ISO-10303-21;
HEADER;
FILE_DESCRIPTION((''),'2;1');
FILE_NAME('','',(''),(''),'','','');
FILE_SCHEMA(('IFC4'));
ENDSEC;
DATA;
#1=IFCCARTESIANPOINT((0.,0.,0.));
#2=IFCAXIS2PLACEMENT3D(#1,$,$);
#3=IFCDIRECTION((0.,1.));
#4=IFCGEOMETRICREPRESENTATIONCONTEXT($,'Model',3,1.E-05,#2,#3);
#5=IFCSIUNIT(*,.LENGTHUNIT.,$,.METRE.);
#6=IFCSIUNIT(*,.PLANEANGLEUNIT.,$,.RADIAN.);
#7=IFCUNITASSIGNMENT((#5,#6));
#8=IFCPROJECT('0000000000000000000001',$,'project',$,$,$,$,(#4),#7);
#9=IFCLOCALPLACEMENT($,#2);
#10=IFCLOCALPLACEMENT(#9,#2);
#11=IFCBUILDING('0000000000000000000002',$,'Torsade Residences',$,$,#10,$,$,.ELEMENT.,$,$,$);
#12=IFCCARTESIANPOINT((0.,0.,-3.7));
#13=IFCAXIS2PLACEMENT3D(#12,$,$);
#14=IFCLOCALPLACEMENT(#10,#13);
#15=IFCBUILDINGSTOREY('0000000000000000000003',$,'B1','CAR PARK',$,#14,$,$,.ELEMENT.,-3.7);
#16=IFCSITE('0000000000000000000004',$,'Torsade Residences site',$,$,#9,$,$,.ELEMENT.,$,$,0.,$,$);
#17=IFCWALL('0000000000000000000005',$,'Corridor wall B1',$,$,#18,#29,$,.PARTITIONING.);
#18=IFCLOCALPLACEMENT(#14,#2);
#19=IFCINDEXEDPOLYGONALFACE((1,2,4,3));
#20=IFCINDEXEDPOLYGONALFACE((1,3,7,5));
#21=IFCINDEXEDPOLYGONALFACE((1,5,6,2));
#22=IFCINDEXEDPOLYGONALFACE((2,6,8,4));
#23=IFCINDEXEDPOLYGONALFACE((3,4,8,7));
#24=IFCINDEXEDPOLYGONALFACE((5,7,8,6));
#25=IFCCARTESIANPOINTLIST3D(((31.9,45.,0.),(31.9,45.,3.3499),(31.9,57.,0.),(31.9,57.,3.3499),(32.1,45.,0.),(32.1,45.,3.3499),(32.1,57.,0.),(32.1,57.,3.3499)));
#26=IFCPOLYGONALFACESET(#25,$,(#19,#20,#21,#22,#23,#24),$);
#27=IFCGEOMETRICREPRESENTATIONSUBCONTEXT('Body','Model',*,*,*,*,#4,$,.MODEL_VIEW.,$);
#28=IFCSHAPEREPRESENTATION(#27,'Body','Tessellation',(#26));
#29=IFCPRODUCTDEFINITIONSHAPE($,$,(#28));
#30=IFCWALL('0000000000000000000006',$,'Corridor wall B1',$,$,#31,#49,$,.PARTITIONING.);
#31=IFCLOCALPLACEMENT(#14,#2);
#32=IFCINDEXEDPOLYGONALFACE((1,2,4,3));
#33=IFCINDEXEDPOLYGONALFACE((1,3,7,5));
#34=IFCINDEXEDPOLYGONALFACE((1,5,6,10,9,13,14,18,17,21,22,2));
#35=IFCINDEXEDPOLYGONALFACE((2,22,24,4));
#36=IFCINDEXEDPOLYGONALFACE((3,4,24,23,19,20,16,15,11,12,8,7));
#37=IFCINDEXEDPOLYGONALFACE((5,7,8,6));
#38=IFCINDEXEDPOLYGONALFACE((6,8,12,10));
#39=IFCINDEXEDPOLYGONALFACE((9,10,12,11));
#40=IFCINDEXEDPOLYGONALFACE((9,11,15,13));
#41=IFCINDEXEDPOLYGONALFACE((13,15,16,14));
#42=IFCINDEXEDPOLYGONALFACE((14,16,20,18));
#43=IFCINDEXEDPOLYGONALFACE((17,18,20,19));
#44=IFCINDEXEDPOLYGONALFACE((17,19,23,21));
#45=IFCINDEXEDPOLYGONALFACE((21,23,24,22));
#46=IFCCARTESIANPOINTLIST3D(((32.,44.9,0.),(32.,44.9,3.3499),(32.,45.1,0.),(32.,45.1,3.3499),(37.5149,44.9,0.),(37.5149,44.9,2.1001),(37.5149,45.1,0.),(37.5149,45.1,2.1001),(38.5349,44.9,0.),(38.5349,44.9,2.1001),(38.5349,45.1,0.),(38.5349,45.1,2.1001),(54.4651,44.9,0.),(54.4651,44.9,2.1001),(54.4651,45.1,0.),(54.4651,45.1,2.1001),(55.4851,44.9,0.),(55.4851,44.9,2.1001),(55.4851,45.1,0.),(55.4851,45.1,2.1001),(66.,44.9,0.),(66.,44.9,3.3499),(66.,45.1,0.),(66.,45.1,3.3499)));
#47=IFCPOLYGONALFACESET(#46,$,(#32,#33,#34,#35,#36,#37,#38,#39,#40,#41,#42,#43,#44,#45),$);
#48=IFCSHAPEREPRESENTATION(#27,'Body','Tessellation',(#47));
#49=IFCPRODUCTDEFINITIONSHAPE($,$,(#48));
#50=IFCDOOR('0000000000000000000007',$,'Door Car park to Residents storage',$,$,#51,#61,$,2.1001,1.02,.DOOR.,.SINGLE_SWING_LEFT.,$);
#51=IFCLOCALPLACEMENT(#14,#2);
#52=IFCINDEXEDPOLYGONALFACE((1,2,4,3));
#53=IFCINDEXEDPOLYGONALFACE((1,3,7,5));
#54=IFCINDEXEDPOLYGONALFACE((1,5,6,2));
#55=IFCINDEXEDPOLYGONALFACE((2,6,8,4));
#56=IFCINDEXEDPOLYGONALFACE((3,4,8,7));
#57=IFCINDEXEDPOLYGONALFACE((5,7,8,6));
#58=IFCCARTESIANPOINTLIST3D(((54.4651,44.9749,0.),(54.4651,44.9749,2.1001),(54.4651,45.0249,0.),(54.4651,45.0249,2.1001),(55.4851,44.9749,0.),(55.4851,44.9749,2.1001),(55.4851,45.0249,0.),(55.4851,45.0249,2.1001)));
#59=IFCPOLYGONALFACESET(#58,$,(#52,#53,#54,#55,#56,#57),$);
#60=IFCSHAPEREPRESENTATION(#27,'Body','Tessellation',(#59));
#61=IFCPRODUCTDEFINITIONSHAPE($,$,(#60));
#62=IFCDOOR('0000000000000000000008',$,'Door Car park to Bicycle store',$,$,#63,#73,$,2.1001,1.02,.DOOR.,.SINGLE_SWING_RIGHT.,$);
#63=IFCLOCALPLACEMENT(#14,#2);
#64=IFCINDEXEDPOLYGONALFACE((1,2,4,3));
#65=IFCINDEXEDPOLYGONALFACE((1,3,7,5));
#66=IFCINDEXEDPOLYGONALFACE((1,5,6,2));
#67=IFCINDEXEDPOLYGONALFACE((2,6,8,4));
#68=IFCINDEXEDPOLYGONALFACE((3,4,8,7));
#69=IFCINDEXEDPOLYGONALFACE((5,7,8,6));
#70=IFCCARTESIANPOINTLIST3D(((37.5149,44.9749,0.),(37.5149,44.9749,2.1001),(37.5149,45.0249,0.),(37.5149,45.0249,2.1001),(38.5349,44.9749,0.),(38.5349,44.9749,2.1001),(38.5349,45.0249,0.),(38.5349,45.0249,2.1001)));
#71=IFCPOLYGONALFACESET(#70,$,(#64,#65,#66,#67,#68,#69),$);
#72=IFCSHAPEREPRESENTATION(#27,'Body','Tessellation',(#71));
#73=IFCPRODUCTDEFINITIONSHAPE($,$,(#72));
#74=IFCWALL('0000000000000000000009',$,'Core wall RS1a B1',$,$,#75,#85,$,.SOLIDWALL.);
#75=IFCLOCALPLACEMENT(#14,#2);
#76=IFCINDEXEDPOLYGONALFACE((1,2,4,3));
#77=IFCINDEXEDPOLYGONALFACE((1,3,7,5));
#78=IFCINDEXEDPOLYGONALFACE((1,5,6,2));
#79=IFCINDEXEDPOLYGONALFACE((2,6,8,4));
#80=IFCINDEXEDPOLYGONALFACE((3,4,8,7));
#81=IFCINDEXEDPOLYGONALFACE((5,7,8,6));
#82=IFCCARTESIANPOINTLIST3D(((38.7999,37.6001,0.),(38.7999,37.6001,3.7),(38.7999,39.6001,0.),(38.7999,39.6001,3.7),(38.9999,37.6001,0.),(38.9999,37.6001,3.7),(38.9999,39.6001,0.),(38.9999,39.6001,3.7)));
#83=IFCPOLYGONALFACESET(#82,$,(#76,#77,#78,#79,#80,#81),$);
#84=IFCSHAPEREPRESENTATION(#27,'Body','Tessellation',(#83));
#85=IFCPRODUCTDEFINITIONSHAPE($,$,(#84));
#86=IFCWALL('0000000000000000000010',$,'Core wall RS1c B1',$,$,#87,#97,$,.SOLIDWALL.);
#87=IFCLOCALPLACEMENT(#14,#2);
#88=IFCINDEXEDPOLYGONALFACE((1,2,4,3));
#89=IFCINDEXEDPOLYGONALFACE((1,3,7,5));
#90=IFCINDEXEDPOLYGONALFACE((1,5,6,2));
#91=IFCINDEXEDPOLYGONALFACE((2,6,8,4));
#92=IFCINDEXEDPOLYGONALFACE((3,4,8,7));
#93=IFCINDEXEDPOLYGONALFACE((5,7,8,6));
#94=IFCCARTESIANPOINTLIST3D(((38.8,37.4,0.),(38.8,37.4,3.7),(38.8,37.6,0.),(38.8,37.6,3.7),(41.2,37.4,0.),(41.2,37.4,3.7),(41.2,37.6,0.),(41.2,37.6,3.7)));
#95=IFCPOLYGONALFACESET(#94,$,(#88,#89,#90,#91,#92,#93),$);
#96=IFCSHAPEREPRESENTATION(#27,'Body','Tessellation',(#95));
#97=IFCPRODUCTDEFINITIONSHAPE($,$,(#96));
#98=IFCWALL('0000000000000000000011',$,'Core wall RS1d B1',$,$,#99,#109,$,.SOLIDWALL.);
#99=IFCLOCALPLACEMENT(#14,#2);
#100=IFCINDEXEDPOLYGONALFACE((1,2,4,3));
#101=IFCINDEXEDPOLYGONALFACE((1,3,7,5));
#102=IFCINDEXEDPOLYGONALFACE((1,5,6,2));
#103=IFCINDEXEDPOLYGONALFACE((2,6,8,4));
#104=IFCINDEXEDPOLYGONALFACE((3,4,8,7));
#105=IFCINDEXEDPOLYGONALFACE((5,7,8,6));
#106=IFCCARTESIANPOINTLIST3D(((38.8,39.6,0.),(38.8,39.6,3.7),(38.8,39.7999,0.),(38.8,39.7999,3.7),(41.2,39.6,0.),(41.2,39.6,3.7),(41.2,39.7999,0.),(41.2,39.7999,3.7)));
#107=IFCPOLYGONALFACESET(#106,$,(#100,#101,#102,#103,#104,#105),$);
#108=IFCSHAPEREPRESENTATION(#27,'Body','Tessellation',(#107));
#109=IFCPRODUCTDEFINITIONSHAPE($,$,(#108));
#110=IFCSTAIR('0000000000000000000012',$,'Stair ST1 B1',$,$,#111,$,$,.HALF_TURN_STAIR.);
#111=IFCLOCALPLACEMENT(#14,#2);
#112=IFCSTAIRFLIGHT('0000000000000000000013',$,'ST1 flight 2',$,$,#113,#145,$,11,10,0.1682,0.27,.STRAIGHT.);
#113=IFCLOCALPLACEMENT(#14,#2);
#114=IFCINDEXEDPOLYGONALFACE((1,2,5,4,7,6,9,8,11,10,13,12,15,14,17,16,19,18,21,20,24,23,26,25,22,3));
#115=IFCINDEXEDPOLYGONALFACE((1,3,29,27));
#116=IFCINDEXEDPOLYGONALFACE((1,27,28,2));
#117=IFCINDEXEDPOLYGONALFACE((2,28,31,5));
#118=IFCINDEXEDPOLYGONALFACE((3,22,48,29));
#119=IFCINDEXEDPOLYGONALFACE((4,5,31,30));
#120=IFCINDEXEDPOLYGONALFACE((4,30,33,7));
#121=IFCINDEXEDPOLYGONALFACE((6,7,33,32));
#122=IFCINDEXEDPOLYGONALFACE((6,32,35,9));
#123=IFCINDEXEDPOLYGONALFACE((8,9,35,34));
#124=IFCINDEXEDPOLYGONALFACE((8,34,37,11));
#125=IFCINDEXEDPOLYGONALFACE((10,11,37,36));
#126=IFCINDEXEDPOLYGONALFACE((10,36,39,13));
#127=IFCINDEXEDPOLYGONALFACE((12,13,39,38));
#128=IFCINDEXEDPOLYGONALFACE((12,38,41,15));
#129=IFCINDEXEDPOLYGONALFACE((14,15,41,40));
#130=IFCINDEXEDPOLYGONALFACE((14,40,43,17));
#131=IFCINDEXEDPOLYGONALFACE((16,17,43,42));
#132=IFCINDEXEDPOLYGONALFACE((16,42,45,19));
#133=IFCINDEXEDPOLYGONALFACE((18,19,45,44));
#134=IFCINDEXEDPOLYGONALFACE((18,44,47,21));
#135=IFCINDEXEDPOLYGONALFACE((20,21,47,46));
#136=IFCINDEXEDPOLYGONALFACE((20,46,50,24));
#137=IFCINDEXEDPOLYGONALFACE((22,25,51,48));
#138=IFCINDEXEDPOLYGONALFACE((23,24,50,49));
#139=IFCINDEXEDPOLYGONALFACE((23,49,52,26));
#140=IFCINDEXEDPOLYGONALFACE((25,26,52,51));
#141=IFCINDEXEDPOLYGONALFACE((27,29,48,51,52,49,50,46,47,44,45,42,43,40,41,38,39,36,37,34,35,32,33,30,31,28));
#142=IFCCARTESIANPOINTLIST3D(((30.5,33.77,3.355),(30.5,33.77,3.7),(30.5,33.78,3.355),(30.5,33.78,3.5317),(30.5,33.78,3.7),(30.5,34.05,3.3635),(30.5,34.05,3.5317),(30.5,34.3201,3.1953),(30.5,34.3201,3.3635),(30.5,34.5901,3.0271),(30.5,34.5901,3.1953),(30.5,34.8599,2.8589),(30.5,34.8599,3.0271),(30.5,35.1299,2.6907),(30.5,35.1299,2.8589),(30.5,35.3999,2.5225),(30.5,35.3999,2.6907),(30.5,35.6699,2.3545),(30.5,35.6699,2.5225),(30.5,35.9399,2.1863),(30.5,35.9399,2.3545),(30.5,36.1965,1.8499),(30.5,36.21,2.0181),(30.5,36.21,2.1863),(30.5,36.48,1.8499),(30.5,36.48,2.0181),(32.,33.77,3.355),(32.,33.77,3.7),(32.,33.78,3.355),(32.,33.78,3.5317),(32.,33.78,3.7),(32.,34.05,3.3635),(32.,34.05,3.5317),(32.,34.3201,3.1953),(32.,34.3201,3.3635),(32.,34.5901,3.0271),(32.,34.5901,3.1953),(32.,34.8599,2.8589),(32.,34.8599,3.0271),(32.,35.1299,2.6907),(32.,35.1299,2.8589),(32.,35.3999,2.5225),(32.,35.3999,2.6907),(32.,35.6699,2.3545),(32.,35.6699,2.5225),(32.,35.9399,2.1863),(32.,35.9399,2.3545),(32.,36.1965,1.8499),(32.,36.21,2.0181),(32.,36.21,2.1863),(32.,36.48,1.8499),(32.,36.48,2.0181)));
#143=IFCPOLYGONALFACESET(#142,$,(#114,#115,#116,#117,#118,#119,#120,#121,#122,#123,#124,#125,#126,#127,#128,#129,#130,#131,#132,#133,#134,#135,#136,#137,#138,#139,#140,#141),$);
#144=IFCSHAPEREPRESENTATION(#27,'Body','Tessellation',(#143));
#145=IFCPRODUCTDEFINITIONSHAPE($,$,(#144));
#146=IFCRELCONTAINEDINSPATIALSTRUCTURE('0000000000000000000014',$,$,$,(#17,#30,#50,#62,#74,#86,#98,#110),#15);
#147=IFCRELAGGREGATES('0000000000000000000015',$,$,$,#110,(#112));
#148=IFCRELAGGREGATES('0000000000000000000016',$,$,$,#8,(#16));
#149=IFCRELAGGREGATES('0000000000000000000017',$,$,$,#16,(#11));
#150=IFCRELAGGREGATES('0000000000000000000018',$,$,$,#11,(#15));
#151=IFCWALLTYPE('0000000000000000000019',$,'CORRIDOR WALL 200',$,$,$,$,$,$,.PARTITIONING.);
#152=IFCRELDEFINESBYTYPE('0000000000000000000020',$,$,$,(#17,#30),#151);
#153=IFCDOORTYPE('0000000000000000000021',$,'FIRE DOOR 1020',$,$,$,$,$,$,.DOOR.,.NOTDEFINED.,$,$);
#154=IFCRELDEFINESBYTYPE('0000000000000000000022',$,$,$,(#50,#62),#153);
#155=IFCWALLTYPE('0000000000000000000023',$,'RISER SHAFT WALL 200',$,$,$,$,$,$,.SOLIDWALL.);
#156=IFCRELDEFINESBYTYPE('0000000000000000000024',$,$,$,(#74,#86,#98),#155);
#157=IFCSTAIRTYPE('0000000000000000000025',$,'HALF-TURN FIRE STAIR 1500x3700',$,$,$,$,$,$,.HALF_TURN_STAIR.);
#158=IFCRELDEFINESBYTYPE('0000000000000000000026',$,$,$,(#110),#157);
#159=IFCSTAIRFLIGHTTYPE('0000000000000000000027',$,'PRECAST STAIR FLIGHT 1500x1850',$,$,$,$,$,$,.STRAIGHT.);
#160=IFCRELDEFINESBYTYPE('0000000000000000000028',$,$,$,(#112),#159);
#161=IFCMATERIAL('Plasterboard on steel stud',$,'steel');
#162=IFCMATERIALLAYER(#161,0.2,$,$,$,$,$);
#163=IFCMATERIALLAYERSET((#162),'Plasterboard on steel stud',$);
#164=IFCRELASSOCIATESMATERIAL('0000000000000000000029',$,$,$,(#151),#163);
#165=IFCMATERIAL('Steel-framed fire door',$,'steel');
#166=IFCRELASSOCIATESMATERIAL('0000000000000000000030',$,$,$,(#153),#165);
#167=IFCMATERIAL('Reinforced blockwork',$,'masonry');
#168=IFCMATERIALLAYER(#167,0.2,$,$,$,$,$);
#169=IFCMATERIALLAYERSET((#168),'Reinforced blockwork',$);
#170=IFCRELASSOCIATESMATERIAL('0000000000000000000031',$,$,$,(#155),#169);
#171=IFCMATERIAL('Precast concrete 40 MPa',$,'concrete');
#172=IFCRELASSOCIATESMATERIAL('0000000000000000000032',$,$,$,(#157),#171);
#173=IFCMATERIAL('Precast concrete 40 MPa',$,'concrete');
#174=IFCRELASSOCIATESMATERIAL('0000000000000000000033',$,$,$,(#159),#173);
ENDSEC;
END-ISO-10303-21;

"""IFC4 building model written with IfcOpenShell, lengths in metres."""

from ifc_helpers import new_model, si_unit, direction, frame, frame_2d, origin, place, context, subcontext, project, spatial, polyline, rectangle, outline, extrude, material, layer, layer_set, type_object, element, fill, aggregate, save


model = new_model("IFC4")

# Units and contexts
model_context = context("Model", 3, precision=1e-05, world=origin(), true_north=direction((0.0, 1.0)))
body_context = subcontext(model_context, "Body", "Model", "MODEL_VIEW")
ifc_project = project(units=[si_unit("LENGTHUNIT", "METRE"), si_unit("PLANEANGLEUNIT", "RADIAN")], contexts=[model_context])

# Site, building, storey
site_placement = place(None, origin())
site = spatial("IfcSite", under=ifc_project, at=site_placement, Name="Torsade Residences site", CompositionType="ELEMENT", RefElevation=0.0)
building_placement = place(site_placement, origin())
building = spatial("IfcBuilding", under=site, at=building_placement, Name="Torsade Residences", CompositionType="ELEMENT")
storey_placement = place(building_placement, frame((0.0, 0.0, -3.7)))
storey = spatial("IfcBuildingStorey", under=building, at=storey_placement, Name="B1", Description="CAR PARK", CompositionType="ELEMENT", Elevation=-3.7)

# Wall
ifc_material_1 = material(Name="Plasterboard on steel stud", Category="steel")
ifc_layer_1 = layer(ifc_material_1, 0.2)
ifc_layer_set_1 = layer_set([ifc_layer_1], Name="Plasterboard on steel stud")
wall_type_1 = type_object("IfcWallType", Name="CORRIDOR WALL 200", PredefinedType="PARTITIONING", material=ifc_layer_set_1)
wall_1_placement = place(storey_placement, frame((32.0, 57.0, 0.0), z_axis=(0.0, 0.0, 1.0), x_axis=(0.0, -1.0, 0.0)))
element("IfcWall", 1, at=wall_1_placement, inside=storey, type_object=wall_type_1, Name="Corridor wall B1", PredefinedType="PARTITIONING", context=body_context, shape_type="SweptSolid", body=[
    extrude(rectangle(XDim=12.0, YDim=0.2, at=frame_2d((6.0, 0.0))), origin(), (0.0, 0.0, 1.0), 3.3499),
])

# Wall, openings, doors
wall_2_placement = place(storey_placement, frame((32.0, 45.0, 0.0), z_axis=(0.0, 0.0, 1.0), x_axis=(1.0, 0.0, 0.0)))
wall_2 = element("IfcWall", 2, at=wall_2_placement, inside=storey, type_object=wall_type_1, Name="Corridor wall B1", PredefinedType="PARTITIONING", context=body_context, shape_type="SweptSolid", body=[
    extrude(rectangle(XDim=34.0, YDim=0.2, at=frame_2d((17.0, 0.0))), origin(), (0.0, 0.0, 1.0), 3.3499),
])
opening_1_placement = place(wall_2_placement, frame((22.4651, 0.0, 0.0)))
opening_1 = element("IfcOpeningElement", 3, at=opening_1_placement, cuts=wall_2, PredefinedType="OPENING", context=body_context, shape_type="SweptSolid", body=[
    extrude(rectangle(XDim=1.02, YDim=2.1001, at=frame_2d((0.51, 1.05))), frame((0.0, 0.1099, 0.0), z_axis=(0.0, -1.0, 0.0), x_axis=(1.0, 0.0, 0.0)), (0.0, 0.0, 1.0), 0.22),
])
opening_2_placement = place(wall_2_placement, frame((5.5149, 0.0, 0.0)))
opening_2 = element("IfcOpeningElement", 4, at=opening_2_placement, cuts=wall_2, PredefinedType="OPENING", context=body_context, shape_type="SweptSolid", body=[
    extrude(rectangle(XDim=1.02, YDim=2.1001, at=frame_2d((0.51, 1.05))), frame((0.0, 0.1099, 0.0), z_axis=(0.0, -1.0, 0.0), x_axis=(1.0, 0.0, 0.0)), (0.0, 0.0, 1.0), 0.22),
])
ifc_material_2 = material(Name="Steel-framed fire door", Category="steel")
door_type_1 = type_object("IfcDoorType", Name="FIRE DOOR 1020", OperationType="NOTDEFINED", PredefinedType="DOOR", material=ifc_material_2)
door_1_placement = place(opening_1_placement, origin())
door_1 = element("IfcDoor", 5, at=door_1_placement, inside=storey, type_object=door_type_1, Name="Door Car park to Residents storage", OperationType="SINGLE_SWING_LEFT", OverallHeight=2.1001, OverallWidth=1.02, PredefinedType="DOOR", context=body_context, shape_type="SweptSolid", body=[
    extrude(rectangle(XDim=1.02, YDim=2.1001, at=frame_2d((0.51, 1.05))), frame((0.0, 0.0249, 0.0), z_axis=(0.0, -1.0, 0.0), x_axis=(1.0, 0.0, 0.0)), (0.0, 0.0, 1.0), 0.05),
])
fill(opening_1, door_1)
door_2_placement = place(opening_2_placement, origin())
door_2 = element("IfcDoor", 6, at=door_2_placement, inside=storey, type_object=door_type_1, Name="Door Car park to Bicycle store", OperationType="SINGLE_SWING_RIGHT", OverallHeight=2.1001, OverallWidth=1.02, PredefinedType="DOOR", context=body_context, shape_type="SweptSolid", body=[
    extrude(rectangle(XDim=1.02, YDim=2.1001, at=frame_2d((0.51, 1.05))), frame((0.0, 0.0249, 0.0), z_axis=(0.0, -1.0, 0.0), x_axis=(1.0, 0.0, 0.0)), (0.0, 0.0, 1.0), 0.05),
])
fill(opening_2, door_2)

# Walls
ifc_material_3 = material(Name="Reinforced blockwork", Category="masonry")
ifc_layer_2 = layer(ifc_material_3, 0.2)
ifc_layer_set_2 = layer_set([ifc_layer_2], Name="Reinforced blockwork")
wall_type_2 = type_object("IfcWallType", Name="RISER SHAFT WALL 200", PredefinedType="SOLIDWALL", material=ifc_layer_set_2)
wall_3_placement = place(storey_placement, frame((38.8999, 37.6001, 0.0), z_axis=(0.0, 0.0, 1.0), x_axis=(0.0, 1.0, 0.0)))
element("IfcWall", 7, at=wall_3_placement, inside=storey, type_object=wall_type_2, Name="Core wall RS1a B1", PredefinedType="SOLIDWALL", context=body_context, shape_type="SweptSolid", body=[
    extrude(rectangle(XDim=2.0, YDim=0.2, at=frame_2d((1.0, 0.0))), origin(), (0.0, 0.0, 1.0), 3.7),
])
for number, where, z_axis, x_axis, name in (
    (8, (38.8, 37.5, 0.0), (0.0, 0.0, 1.0), (1.0, 0.0, 0.0), "Core wall RS1c B1"),
    (9, (38.8, 39.7, 0.0), (0.0, 0.0, 1.0), (1.0, 0.0, 0.0), "Core wall RS1d B1"),
):
    element("IfcWall", number, at=place(storey_placement, frame(where, z_axis=z_axis, x_axis=x_axis)), inside=storey, type_object=wall_type_2, Name=name, PredefinedType="SOLIDWALL", context=body_context, shape_type="SweptSolid", body=[
        extrude(rectangle(XDim=2.3999, YDim=0.2, at=frame_2d((1.2, 0.0))), origin(), (0.0, 0.0, 1.0), 3.7),
    ])

# Stair, stair flight
ifc_material_4 = material(Name="Precast concrete 40 MPa", Category="concrete")
stair_type = type_object("IfcStairType", Name="HALF-TURN FIRE STAIR 1500x3700", PredefinedType="HALF_TURN_STAIR", material=ifc_material_4)
stair_placement = place(storey_placement, origin())
stair = element("IfcStair", 10, at=stair_placement, inside=storey, type_object=stair_type, Name="Stair ST1 B1", PredefinedType="HALF_TURN_STAIR")
ifc_material_5 = material(Name="Precast concrete 40 MPa", Category="concrete")
stair_flight_type = type_object("IfcStairFlightType", Name="PRECAST STAIR FLIGHT 1500x1850", PredefinedType="STRAIGHT", material=ifc_material_5)
stair_flight_placement = place(storey_placement, frame((31.25, 36.48, 1.8499), z_axis=(0.0, 0.0, 1.0), x_axis=(0.0, -1.0, 0.0)))
stair_flight = element("IfcStairFlight", 11, at=stair_flight_placement, type_object=stair_flight_type, Name="ST1 flight 2", NumberOfRisers=11, NumberOfTreads=10, PredefinedType="STRAIGHT", RiserHeight=0.1682, TreadLength=0.27, context=body_context, shape_type="SweptSolid", body=[
    extrude(outline(polyline([(0.0, 0.0), (0.0, 0.1682), (0.27, 0.1682), (0.27, 0.3364), (0.54, 0.3364), (0.54, 0.5046), (0.8101, 0.5046), (0.8101, 0.6726), (1.0801, 0.6726), (1.0801, 0.8408), (1.3501, 0.8408), (1.3501, 1.009), (1.6201, 1.009), (1.6201, 1.1772), (1.8899, 1.1772), (1.8899, 1.3455), (2.1599, 1.3455), (2.1599, 1.5137), (2.4299, 1.5137), (2.4299, 1.6819), (2.7, 1.6819), (2.7, 1.8501), (2.71, 1.8501), (2.71, 1.5051), (2.7, 1.5051), (0.2834, 0.0), (0.0, 0.0)])), frame((0.0, 0.75, 0.0), z_axis=(0.0, -1.0, 0.0), x_axis=(1.0, 0.0, 0.0)), (0.0, 0.0, 1.0), 1.5),
])
aggregate(stair, [stair_flight])

save(model, "model.ifc")
